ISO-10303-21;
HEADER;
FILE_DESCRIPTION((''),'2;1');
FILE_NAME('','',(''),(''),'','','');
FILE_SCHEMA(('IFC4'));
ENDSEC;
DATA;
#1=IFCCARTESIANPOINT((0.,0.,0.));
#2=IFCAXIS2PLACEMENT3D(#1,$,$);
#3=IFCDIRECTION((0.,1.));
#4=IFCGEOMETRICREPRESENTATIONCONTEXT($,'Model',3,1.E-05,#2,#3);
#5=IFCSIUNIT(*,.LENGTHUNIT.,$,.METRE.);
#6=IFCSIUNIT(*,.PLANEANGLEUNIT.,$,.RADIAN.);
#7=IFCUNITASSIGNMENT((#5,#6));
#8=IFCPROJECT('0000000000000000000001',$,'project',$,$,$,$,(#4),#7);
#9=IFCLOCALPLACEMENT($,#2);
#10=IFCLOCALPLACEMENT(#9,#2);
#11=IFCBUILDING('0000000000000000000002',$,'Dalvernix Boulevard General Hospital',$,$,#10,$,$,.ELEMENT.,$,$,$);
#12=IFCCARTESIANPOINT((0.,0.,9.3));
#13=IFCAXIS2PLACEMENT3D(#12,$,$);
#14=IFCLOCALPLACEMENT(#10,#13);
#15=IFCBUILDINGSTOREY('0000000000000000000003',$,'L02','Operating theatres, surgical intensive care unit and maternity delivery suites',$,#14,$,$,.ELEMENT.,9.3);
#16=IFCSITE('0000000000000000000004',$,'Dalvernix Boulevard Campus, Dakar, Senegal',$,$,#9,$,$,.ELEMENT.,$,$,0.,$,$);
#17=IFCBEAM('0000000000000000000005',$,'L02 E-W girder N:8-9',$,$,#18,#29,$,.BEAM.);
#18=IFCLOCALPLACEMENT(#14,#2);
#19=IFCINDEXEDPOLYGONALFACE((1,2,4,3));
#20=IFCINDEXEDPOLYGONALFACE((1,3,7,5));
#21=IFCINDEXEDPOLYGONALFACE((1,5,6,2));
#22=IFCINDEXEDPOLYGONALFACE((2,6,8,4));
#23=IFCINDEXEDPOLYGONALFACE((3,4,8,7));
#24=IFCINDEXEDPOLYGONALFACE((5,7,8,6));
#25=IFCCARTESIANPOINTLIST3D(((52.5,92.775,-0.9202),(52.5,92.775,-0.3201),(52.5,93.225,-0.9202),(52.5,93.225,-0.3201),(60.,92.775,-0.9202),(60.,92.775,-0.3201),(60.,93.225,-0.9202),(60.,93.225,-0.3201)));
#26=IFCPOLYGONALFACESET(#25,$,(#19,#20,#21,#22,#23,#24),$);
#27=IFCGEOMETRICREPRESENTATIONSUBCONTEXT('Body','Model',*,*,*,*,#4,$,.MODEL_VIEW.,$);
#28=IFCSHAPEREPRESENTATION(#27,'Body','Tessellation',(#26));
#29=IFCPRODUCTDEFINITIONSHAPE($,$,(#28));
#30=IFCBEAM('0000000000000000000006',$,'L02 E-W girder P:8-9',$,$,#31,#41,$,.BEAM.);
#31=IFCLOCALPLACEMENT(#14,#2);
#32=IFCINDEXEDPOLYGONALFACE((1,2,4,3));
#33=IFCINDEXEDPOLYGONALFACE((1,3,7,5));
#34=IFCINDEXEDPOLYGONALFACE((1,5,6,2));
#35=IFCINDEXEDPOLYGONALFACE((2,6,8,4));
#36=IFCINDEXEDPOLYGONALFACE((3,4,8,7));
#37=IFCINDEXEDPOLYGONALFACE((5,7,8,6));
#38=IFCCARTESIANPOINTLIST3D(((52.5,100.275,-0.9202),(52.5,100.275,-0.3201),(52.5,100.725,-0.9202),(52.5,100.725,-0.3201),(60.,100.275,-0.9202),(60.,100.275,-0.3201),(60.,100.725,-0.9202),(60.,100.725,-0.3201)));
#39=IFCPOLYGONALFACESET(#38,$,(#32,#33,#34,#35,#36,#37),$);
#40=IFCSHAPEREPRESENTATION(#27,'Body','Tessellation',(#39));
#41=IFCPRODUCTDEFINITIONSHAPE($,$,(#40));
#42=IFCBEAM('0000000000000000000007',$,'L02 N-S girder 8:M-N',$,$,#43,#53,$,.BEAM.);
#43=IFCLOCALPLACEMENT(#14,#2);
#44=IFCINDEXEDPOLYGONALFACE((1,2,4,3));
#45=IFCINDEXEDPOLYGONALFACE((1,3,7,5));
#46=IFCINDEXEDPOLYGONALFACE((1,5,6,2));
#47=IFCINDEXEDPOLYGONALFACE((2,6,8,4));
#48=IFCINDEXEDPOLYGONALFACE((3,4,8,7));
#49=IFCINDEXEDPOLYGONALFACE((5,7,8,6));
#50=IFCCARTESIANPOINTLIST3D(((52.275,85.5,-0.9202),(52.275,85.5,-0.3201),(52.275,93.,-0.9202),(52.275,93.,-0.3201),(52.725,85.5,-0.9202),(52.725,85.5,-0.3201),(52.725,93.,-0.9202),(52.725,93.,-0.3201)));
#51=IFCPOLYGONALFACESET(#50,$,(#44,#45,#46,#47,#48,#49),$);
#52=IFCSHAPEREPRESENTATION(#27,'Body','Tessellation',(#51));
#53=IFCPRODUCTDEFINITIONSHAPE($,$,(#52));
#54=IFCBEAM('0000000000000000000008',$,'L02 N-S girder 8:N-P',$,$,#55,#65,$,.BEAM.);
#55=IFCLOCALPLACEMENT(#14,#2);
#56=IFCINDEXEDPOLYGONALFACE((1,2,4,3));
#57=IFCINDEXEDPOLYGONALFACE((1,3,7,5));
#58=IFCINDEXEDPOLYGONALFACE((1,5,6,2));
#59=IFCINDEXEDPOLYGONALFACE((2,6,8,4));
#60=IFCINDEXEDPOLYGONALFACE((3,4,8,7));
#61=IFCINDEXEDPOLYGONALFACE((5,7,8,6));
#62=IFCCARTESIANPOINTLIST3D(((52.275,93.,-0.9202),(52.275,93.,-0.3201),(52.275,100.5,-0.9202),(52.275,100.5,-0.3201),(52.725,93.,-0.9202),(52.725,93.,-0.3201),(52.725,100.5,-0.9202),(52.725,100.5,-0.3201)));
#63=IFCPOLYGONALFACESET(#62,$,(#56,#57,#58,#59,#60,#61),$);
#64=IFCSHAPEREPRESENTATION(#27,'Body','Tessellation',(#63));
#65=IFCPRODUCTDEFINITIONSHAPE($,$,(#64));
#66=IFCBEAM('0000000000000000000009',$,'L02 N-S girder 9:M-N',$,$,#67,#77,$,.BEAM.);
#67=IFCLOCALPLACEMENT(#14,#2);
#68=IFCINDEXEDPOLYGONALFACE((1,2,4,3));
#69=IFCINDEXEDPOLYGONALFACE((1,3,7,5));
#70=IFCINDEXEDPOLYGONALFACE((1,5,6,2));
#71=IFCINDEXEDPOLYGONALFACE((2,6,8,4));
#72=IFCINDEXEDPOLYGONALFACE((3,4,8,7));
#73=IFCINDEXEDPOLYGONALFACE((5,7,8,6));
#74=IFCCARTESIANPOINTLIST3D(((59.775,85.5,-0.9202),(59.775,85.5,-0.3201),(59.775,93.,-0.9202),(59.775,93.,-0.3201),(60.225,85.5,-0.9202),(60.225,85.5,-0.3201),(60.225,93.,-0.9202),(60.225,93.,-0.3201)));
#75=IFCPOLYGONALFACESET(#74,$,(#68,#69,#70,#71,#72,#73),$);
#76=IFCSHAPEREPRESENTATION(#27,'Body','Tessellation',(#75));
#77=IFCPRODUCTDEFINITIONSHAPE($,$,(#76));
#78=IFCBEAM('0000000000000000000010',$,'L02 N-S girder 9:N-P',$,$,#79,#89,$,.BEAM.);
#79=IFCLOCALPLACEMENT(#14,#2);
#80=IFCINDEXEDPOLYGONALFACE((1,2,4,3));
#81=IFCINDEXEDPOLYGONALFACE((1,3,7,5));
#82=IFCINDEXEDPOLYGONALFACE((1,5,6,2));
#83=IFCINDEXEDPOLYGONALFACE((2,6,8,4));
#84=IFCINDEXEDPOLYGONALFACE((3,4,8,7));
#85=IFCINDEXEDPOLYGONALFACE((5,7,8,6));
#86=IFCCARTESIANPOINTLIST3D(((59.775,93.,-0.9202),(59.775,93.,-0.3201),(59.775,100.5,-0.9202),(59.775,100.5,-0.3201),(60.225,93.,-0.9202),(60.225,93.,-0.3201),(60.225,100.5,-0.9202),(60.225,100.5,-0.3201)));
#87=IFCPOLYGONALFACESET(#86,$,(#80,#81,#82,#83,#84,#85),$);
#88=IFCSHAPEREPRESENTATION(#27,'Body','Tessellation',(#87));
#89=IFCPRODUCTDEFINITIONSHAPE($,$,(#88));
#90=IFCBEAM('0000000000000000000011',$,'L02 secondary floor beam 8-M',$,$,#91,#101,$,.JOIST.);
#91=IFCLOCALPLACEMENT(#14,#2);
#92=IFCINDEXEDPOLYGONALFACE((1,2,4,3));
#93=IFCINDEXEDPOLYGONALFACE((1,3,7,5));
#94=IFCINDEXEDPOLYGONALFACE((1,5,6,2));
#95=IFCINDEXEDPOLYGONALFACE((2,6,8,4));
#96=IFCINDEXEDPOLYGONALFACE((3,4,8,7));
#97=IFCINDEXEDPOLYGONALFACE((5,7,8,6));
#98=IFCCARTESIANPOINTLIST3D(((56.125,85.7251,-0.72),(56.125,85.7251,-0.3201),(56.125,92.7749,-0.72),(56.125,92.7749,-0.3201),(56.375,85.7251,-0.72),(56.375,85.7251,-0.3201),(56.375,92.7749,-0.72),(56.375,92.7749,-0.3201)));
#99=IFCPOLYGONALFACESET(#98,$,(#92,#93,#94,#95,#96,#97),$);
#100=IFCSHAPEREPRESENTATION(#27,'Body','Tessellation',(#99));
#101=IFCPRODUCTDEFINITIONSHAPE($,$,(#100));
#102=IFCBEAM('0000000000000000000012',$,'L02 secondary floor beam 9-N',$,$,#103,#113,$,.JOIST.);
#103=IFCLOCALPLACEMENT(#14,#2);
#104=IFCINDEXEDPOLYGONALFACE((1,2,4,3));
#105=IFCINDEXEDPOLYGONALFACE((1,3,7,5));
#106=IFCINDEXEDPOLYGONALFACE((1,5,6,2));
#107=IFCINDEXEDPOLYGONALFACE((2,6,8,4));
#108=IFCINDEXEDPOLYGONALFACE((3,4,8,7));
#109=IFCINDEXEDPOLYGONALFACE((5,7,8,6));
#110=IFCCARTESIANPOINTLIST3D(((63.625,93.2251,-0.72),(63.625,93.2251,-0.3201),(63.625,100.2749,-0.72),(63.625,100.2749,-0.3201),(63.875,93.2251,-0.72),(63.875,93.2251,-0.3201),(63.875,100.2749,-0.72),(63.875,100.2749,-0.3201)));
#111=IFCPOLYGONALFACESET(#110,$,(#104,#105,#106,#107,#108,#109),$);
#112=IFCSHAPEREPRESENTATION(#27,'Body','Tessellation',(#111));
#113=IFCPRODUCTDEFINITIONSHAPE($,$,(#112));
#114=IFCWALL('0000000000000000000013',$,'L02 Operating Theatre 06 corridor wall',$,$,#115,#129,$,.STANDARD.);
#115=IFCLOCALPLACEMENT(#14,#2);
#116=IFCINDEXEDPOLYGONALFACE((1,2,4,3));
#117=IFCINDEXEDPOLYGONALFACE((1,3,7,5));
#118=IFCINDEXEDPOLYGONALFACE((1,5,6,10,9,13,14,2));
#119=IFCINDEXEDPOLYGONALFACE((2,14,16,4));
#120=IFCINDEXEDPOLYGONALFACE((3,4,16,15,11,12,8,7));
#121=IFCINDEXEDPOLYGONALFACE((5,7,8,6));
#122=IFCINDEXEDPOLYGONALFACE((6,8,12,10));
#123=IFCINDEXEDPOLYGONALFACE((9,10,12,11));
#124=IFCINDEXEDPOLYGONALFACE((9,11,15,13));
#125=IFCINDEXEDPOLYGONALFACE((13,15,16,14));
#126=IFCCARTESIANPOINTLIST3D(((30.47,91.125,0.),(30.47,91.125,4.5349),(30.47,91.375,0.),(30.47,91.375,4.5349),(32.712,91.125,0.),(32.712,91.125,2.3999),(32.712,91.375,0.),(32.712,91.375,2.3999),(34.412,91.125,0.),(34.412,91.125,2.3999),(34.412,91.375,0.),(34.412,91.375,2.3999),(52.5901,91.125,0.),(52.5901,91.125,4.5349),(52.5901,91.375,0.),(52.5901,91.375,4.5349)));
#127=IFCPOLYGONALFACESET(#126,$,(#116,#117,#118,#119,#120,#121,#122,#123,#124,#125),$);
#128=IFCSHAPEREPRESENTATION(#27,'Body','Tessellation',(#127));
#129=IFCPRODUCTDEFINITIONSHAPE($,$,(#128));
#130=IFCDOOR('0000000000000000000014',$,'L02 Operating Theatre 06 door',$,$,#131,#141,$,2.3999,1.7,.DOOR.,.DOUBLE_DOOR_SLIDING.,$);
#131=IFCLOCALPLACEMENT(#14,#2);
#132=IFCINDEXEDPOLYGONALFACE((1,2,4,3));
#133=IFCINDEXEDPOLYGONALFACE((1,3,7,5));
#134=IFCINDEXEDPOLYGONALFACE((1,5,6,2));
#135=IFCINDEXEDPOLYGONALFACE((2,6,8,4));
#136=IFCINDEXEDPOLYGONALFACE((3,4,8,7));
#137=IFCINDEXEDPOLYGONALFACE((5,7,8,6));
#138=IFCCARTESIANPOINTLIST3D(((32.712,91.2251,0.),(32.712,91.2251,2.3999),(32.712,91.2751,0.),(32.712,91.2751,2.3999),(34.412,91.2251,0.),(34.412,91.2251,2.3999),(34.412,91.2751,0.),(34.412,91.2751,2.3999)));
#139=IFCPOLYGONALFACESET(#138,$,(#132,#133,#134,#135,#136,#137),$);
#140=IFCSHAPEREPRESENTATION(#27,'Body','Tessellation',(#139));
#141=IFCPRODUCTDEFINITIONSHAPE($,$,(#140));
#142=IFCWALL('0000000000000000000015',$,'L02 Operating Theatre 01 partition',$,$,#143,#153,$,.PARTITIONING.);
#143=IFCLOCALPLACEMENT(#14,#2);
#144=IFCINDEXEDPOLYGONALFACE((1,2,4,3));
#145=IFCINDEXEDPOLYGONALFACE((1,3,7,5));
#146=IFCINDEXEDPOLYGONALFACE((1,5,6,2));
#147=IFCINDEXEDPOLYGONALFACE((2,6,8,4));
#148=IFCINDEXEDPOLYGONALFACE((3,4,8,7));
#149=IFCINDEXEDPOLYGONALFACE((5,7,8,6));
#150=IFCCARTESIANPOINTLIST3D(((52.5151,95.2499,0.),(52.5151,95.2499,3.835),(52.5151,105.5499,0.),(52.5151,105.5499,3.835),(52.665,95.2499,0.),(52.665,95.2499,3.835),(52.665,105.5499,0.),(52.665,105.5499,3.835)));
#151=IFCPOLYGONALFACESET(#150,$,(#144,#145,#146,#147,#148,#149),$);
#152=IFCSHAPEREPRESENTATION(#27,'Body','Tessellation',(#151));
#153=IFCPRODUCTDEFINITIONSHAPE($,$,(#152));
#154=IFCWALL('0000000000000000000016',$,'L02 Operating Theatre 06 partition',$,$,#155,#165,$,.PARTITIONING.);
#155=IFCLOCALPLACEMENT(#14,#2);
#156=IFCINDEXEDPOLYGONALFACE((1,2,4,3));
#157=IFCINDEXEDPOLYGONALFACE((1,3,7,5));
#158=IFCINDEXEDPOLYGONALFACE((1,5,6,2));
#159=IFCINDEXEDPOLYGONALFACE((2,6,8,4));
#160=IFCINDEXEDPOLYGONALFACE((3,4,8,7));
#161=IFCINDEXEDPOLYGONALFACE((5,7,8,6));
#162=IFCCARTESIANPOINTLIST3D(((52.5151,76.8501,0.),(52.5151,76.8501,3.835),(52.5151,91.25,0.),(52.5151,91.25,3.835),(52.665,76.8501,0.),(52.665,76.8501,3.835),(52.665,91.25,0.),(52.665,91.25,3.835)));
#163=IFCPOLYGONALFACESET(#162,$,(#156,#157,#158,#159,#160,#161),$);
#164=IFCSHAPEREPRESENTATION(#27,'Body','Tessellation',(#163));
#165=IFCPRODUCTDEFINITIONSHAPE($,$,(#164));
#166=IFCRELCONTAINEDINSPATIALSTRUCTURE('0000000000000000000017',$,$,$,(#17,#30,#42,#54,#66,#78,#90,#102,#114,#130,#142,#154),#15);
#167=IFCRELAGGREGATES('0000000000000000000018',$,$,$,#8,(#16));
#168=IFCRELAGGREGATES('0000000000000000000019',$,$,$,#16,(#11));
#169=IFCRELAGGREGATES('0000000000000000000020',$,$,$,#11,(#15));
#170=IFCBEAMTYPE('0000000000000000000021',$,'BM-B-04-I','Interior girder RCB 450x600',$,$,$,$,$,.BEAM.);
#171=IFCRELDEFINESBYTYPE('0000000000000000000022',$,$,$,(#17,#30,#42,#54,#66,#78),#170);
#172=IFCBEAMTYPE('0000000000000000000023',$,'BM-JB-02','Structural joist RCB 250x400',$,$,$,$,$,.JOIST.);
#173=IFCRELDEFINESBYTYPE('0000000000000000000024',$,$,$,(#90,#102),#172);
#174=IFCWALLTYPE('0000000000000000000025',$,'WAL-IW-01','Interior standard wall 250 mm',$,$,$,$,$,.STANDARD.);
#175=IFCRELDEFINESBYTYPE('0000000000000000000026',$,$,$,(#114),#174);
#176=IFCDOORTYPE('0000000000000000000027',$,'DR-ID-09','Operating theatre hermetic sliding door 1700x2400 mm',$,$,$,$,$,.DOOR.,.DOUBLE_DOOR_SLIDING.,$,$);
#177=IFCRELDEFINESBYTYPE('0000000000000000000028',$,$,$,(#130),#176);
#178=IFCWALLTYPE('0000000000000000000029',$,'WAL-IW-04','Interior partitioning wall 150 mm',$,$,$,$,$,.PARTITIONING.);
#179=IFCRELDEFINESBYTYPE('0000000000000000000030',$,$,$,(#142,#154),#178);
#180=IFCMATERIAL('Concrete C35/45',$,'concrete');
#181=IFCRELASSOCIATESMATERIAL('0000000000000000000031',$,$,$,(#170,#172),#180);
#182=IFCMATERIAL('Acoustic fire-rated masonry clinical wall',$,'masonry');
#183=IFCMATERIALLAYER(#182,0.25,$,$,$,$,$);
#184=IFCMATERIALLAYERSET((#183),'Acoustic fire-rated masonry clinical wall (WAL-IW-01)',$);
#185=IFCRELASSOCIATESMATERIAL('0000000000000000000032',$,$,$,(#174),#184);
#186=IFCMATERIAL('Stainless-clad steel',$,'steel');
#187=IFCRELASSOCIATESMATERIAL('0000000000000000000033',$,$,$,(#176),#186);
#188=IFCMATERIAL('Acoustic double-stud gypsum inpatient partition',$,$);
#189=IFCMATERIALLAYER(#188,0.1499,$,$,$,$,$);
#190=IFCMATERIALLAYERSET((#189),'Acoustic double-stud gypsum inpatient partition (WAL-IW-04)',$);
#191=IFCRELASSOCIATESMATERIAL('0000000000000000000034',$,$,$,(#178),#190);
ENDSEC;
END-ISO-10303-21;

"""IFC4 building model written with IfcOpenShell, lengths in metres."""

from ifc_helpers import new_model, si_unit, direction, frame, frame_2d, origin, origin_2d, place, context, subcontext, project, spatial, rectangle, extrude, material, layer, layer_set, material_profile, profile_set, type_object, element, fill, save


model = new_model("IFC4")

# Units and contexts
model_context = context("Model", 3, precision=1e-05, world=origin(), true_north=direction((0.0, 1.0)))
body_context = subcontext(model_context, "Body", "Model", "MODEL_VIEW")
ifc_project = project(units=[si_unit("LENGTHUNIT", "METRE"), si_unit("PLANEANGLEUNIT", "RADIAN")], contexts=[model_context])

# Site, building, storey
site_placement = place(None, origin())
site = spatial("IfcSite", under=ifc_project, at=site_placement, Name="Dalvernix Boulevard Campus, Dakar, Senegal", CompositionType="ELEMENT", RefElevation=0.0)
building_placement = place(site_placement, origin())
building = spatial("IfcBuilding", under=site, at=building_placement, Name="Dalvernix Boulevard General Hospital", CompositionType="ELEMENT")
storey_placement = place(building_placement, frame((0.0, 0.0, 9.3)))
storey = spatial("IfcBuildingStorey", under=building, at=storey_placement, Name="L02", Description="Operating theatres, surgical intensive care unit and maternity delivery suites", CompositionType="ELEMENT", Elevation=9.3)

# Beams
ifc_material_1 = material(Name="Concrete C35/45", Category="concrete")
ifc_material_profile_1 = material_profile(ifc_material_1, rectangle(XDim=0.45, YDim=0.6001, at=origin_2d()), Name="RCB 450x600")
ifc_profile_set_1 = profile_set([ifc_material_profile_1], Name="Concrete C35/45")
beam_type_1 = type_object("IfcBeamType", Name="BM-B-04-I", Description="Interior girder RCB 450x600", PredefinedType="BEAM", material=ifc_profile_set_1)
for number, where, z_axis, x_axis, name in (
    (1, (52.5, 93.0, -0.6201), (1.0, 0.0, 0.0), (0.0, 1.0, 0.0), "L02 E-W girder N:8-9"),
    (2, (52.5, 100.5, -0.6201), (1.0, 0.0, 0.0), (0.0, 1.0, 0.0), "L02 E-W girder P:8-9"),
    (3, (52.5, 85.5, -0.6201), (0.0, 1.0, 0.0), (-1.0, 0.0, 0.0), "L02 N-S girder 8:M-N"),
    (4, (52.5, 93.0, -0.6201), (0.0, 1.0, 0.0), (-1.0, 0.0, 0.0), "L02 N-S girder 8:N-P"),
    (5, (60.0, 85.5, -0.6201), (0.0, 1.0, 0.0), (-1.0, 0.0, 0.0), "L02 N-S girder 9:M-N"),
    (6, (60.0, 93.0, -0.6201), (0.0, 1.0, 0.0), (-1.0, 0.0, 0.0), "L02 N-S girder 9:N-P"),
):
    element("IfcBeam", number, at=place(storey_placement, frame(where, z_axis=z_axis, x_axis=x_axis)), inside=storey, type_object=beam_type_1, Name=name, PredefinedType="BEAM", context=body_context, shape_type="SweptSolid", body=[
        extrude(rectangle(XDim=0.45, YDim=0.6001, at=origin_2d()), origin(), (0.0, 0.0, 1.0), 7.5),
    ])
ifc_material_profile_2 = material_profile(ifc_material_1, rectangle(XDim=0.25, YDim=0.3999, at=origin_2d()), Name="RCB 250x400")
ifc_profile_set_2 = profile_set([ifc_material_profile_2], Name="Concrete C35/45")
beam_type_2 = type_object("IfcBeamType", Name="BM-JB-02", Description="Structural joist RCB 250x400", PredefinedType="JOIST", material=ifc_profile_set_2)
for number, where, z_axis, x_axis, name in (
    (7, (56.25, 85.7251, -0.52), (0.0, 1.0, 0.0), (-1.0, 0.0, 0.0), "L02 secondary floor beam 8-M"),
    (8, (63.75, 93.2251, -0.52), (0.0, 1.0, 0.0), (-1.0, 0.0, 0.0), "L02 secondary floor beam 9-N"),
):
    element("IfcBeam", number, at=place(storey_placement, frame(where, z_axis=z_axis, x_axis=x_axis)), inside=storey, type_object=beam_type_2, Name=name, PredefinedType="JOIST", context=body_context, shape_type="SweptSolid", body=[
        extrude(rectangle(XDim=0.25, YDim=0.3999, at=origin_2d()), origin(), (0.0, 0.0, 1.0), 7.0498),
    ])

# Wall, opening, door
ifc_material_2 = material(Name="Acoustic fire-rated masonry clinical wall", Category="masonry")
ifc_layer_1 = layer(ifc_material_2, 0.25)
ifc_layer_set_1 = layer_set([ifc_layer_1], Name="Acoustic fire-rated masonry clinical wall (WAL-IW-01)")
wall_type_1 = type_object("IfcWallType", Name="WAL-IW-01", Description="Interior standard wall 250 mm", PredefinedType="STANDARD", material=ifc_layer_set_1)
wall_1_placement = place(storey_placement, frame((52.5901, 91.25, 0.0), z_axis=(0.0, 0.0, 1.0), x_axis=(-1.0, 0.0, 0.0)))
wall_1 = element("IfcWall", 9, at=wall_1_placement, inside=storey, type_object=wall_type_1, Name="L02 Operating Theatre 06 corridor wall", PredefinedType="STANDARD", context=body_context, shape_type="SweptSolid", body=[
    extrude(rectangle(XDim=22.1201, YDim=0.25, at=frame_2d((11.0601, 0.0))), origin(), (0.0, 0.0, 1.0), 4.5349),
])
opening_placement = place(wall_1_placement, frame((18.178, 0.0, 0.0)))
opening = element("IfcOpeningElement", 10, at=opening_placement, cuts=wall_1, PredefinedType="OPENING", context=body_context, shape_type="SweptSolid", body=[
    extrude(rectangle(XDim=1.7, YDim=2.3999, at=frame_2d((0.8501, 1.2))), frame((0.0, 0.135, 0.0), z_axis=(0.0, -1.0, 0.0), x_axis=(1.0, 0.0, 0.0)), (0.0, 0.0, 1.0), 0.27),
])
ifc_material_3 = material(Name="Stainless-clad steel", Category="steel")
door_type = type_object("IfcDoorType", Name="DR-ID-09", Description="Operating theatre hermetic sliding door 1700x2400 mm", OperationType="DOUBLE_DOOR_SLIDING", PredefinedType="DOOR", material=ifc_material_3)
door_placement = place(opening_placement, origin())
door = element("IfcDoor", 11, at=door_placement, inside=storey, type_object=door_type, Name="L02 Operating Theatre 06 door", OperationType="DOUBLE_DOOR_SLIDING", OverallHeight=2.3999, OverallWidth=1.7, PredefinedType="DOOR", context=body_context, shape_type="SweptSolid", body=[
    extrude(rectangle(XDim=1.7, YDim=2.3999, at=frame_2d((0.8501, 1.2))), frame((0.0, 0.0249, 0.0), z_axis=(0.0, -1.0, 0.0), x_axis=(1.0, 0.0, 0.0)), (0.0, 0.0, 1.0), 0.05),
])
fill(opening, door)

# Walls
ifc_material_4 = material(Name="Acoustic double-stud gypsum inpatient partition")
ifc_layer_2 = layer(ifc_material_4, 0.1499)
ifc_layer_set_2 = layer_set([ifc_layer_2], Name="Acoustic double-stud gypsum inpatient partition (WAL-IW-04)")
wall_type_2 = type_object("IfcWallType", Name="WAL-IW-04", Description="Interior partitioning wall 150 mm", PredefinedType="PARTITIONING", material=ifc_layer_set_2)
wall_2_placement = place(storey_placement, frame((52.5901, 95.25, 0.0), z_axis=(0.0, 0.0, 1.0), x_axis=(0.0, 1.0, 0.0)))
element("IfcWall", 12, at=wall_2_placement, inside=storey, type_object=wall_type_2, Name="L02 Operating Theatre 01 partition", PredefinedType="PARTITIONING", context=body_context, shape_type="SweptSolid", body=[
    extrude(rectangle(XDim=10.3, YDim=0.1499, at=frame_2d((5.1499, 0.0))), origin(), (0.0, 0.0, 1.0), 3.835),
])
wall_3_placement = place(storey_placement, frame((52.5901, 76.8501, 0.0), z_axis=(0.0, 0.0, 1.0), x_axis=(0.0, 1.0, 0.0)))
element("IfcWall", 13, at=wall_3_placement, inside=storey, type_object=wall_type_2, Name="L02 Operating Theatre 06 partition", PredefinedType="PARTITIONING", context=body_context, shape_type="SweptSolid", body=[
    extrude(rectangle(XDim=14.3999, YDim=0.1499, at=frame_2d((7.2, 0.0))), origin(), (0.0, 0.0, 1.0), 3.835),
])

save(model, "model.ifc")
